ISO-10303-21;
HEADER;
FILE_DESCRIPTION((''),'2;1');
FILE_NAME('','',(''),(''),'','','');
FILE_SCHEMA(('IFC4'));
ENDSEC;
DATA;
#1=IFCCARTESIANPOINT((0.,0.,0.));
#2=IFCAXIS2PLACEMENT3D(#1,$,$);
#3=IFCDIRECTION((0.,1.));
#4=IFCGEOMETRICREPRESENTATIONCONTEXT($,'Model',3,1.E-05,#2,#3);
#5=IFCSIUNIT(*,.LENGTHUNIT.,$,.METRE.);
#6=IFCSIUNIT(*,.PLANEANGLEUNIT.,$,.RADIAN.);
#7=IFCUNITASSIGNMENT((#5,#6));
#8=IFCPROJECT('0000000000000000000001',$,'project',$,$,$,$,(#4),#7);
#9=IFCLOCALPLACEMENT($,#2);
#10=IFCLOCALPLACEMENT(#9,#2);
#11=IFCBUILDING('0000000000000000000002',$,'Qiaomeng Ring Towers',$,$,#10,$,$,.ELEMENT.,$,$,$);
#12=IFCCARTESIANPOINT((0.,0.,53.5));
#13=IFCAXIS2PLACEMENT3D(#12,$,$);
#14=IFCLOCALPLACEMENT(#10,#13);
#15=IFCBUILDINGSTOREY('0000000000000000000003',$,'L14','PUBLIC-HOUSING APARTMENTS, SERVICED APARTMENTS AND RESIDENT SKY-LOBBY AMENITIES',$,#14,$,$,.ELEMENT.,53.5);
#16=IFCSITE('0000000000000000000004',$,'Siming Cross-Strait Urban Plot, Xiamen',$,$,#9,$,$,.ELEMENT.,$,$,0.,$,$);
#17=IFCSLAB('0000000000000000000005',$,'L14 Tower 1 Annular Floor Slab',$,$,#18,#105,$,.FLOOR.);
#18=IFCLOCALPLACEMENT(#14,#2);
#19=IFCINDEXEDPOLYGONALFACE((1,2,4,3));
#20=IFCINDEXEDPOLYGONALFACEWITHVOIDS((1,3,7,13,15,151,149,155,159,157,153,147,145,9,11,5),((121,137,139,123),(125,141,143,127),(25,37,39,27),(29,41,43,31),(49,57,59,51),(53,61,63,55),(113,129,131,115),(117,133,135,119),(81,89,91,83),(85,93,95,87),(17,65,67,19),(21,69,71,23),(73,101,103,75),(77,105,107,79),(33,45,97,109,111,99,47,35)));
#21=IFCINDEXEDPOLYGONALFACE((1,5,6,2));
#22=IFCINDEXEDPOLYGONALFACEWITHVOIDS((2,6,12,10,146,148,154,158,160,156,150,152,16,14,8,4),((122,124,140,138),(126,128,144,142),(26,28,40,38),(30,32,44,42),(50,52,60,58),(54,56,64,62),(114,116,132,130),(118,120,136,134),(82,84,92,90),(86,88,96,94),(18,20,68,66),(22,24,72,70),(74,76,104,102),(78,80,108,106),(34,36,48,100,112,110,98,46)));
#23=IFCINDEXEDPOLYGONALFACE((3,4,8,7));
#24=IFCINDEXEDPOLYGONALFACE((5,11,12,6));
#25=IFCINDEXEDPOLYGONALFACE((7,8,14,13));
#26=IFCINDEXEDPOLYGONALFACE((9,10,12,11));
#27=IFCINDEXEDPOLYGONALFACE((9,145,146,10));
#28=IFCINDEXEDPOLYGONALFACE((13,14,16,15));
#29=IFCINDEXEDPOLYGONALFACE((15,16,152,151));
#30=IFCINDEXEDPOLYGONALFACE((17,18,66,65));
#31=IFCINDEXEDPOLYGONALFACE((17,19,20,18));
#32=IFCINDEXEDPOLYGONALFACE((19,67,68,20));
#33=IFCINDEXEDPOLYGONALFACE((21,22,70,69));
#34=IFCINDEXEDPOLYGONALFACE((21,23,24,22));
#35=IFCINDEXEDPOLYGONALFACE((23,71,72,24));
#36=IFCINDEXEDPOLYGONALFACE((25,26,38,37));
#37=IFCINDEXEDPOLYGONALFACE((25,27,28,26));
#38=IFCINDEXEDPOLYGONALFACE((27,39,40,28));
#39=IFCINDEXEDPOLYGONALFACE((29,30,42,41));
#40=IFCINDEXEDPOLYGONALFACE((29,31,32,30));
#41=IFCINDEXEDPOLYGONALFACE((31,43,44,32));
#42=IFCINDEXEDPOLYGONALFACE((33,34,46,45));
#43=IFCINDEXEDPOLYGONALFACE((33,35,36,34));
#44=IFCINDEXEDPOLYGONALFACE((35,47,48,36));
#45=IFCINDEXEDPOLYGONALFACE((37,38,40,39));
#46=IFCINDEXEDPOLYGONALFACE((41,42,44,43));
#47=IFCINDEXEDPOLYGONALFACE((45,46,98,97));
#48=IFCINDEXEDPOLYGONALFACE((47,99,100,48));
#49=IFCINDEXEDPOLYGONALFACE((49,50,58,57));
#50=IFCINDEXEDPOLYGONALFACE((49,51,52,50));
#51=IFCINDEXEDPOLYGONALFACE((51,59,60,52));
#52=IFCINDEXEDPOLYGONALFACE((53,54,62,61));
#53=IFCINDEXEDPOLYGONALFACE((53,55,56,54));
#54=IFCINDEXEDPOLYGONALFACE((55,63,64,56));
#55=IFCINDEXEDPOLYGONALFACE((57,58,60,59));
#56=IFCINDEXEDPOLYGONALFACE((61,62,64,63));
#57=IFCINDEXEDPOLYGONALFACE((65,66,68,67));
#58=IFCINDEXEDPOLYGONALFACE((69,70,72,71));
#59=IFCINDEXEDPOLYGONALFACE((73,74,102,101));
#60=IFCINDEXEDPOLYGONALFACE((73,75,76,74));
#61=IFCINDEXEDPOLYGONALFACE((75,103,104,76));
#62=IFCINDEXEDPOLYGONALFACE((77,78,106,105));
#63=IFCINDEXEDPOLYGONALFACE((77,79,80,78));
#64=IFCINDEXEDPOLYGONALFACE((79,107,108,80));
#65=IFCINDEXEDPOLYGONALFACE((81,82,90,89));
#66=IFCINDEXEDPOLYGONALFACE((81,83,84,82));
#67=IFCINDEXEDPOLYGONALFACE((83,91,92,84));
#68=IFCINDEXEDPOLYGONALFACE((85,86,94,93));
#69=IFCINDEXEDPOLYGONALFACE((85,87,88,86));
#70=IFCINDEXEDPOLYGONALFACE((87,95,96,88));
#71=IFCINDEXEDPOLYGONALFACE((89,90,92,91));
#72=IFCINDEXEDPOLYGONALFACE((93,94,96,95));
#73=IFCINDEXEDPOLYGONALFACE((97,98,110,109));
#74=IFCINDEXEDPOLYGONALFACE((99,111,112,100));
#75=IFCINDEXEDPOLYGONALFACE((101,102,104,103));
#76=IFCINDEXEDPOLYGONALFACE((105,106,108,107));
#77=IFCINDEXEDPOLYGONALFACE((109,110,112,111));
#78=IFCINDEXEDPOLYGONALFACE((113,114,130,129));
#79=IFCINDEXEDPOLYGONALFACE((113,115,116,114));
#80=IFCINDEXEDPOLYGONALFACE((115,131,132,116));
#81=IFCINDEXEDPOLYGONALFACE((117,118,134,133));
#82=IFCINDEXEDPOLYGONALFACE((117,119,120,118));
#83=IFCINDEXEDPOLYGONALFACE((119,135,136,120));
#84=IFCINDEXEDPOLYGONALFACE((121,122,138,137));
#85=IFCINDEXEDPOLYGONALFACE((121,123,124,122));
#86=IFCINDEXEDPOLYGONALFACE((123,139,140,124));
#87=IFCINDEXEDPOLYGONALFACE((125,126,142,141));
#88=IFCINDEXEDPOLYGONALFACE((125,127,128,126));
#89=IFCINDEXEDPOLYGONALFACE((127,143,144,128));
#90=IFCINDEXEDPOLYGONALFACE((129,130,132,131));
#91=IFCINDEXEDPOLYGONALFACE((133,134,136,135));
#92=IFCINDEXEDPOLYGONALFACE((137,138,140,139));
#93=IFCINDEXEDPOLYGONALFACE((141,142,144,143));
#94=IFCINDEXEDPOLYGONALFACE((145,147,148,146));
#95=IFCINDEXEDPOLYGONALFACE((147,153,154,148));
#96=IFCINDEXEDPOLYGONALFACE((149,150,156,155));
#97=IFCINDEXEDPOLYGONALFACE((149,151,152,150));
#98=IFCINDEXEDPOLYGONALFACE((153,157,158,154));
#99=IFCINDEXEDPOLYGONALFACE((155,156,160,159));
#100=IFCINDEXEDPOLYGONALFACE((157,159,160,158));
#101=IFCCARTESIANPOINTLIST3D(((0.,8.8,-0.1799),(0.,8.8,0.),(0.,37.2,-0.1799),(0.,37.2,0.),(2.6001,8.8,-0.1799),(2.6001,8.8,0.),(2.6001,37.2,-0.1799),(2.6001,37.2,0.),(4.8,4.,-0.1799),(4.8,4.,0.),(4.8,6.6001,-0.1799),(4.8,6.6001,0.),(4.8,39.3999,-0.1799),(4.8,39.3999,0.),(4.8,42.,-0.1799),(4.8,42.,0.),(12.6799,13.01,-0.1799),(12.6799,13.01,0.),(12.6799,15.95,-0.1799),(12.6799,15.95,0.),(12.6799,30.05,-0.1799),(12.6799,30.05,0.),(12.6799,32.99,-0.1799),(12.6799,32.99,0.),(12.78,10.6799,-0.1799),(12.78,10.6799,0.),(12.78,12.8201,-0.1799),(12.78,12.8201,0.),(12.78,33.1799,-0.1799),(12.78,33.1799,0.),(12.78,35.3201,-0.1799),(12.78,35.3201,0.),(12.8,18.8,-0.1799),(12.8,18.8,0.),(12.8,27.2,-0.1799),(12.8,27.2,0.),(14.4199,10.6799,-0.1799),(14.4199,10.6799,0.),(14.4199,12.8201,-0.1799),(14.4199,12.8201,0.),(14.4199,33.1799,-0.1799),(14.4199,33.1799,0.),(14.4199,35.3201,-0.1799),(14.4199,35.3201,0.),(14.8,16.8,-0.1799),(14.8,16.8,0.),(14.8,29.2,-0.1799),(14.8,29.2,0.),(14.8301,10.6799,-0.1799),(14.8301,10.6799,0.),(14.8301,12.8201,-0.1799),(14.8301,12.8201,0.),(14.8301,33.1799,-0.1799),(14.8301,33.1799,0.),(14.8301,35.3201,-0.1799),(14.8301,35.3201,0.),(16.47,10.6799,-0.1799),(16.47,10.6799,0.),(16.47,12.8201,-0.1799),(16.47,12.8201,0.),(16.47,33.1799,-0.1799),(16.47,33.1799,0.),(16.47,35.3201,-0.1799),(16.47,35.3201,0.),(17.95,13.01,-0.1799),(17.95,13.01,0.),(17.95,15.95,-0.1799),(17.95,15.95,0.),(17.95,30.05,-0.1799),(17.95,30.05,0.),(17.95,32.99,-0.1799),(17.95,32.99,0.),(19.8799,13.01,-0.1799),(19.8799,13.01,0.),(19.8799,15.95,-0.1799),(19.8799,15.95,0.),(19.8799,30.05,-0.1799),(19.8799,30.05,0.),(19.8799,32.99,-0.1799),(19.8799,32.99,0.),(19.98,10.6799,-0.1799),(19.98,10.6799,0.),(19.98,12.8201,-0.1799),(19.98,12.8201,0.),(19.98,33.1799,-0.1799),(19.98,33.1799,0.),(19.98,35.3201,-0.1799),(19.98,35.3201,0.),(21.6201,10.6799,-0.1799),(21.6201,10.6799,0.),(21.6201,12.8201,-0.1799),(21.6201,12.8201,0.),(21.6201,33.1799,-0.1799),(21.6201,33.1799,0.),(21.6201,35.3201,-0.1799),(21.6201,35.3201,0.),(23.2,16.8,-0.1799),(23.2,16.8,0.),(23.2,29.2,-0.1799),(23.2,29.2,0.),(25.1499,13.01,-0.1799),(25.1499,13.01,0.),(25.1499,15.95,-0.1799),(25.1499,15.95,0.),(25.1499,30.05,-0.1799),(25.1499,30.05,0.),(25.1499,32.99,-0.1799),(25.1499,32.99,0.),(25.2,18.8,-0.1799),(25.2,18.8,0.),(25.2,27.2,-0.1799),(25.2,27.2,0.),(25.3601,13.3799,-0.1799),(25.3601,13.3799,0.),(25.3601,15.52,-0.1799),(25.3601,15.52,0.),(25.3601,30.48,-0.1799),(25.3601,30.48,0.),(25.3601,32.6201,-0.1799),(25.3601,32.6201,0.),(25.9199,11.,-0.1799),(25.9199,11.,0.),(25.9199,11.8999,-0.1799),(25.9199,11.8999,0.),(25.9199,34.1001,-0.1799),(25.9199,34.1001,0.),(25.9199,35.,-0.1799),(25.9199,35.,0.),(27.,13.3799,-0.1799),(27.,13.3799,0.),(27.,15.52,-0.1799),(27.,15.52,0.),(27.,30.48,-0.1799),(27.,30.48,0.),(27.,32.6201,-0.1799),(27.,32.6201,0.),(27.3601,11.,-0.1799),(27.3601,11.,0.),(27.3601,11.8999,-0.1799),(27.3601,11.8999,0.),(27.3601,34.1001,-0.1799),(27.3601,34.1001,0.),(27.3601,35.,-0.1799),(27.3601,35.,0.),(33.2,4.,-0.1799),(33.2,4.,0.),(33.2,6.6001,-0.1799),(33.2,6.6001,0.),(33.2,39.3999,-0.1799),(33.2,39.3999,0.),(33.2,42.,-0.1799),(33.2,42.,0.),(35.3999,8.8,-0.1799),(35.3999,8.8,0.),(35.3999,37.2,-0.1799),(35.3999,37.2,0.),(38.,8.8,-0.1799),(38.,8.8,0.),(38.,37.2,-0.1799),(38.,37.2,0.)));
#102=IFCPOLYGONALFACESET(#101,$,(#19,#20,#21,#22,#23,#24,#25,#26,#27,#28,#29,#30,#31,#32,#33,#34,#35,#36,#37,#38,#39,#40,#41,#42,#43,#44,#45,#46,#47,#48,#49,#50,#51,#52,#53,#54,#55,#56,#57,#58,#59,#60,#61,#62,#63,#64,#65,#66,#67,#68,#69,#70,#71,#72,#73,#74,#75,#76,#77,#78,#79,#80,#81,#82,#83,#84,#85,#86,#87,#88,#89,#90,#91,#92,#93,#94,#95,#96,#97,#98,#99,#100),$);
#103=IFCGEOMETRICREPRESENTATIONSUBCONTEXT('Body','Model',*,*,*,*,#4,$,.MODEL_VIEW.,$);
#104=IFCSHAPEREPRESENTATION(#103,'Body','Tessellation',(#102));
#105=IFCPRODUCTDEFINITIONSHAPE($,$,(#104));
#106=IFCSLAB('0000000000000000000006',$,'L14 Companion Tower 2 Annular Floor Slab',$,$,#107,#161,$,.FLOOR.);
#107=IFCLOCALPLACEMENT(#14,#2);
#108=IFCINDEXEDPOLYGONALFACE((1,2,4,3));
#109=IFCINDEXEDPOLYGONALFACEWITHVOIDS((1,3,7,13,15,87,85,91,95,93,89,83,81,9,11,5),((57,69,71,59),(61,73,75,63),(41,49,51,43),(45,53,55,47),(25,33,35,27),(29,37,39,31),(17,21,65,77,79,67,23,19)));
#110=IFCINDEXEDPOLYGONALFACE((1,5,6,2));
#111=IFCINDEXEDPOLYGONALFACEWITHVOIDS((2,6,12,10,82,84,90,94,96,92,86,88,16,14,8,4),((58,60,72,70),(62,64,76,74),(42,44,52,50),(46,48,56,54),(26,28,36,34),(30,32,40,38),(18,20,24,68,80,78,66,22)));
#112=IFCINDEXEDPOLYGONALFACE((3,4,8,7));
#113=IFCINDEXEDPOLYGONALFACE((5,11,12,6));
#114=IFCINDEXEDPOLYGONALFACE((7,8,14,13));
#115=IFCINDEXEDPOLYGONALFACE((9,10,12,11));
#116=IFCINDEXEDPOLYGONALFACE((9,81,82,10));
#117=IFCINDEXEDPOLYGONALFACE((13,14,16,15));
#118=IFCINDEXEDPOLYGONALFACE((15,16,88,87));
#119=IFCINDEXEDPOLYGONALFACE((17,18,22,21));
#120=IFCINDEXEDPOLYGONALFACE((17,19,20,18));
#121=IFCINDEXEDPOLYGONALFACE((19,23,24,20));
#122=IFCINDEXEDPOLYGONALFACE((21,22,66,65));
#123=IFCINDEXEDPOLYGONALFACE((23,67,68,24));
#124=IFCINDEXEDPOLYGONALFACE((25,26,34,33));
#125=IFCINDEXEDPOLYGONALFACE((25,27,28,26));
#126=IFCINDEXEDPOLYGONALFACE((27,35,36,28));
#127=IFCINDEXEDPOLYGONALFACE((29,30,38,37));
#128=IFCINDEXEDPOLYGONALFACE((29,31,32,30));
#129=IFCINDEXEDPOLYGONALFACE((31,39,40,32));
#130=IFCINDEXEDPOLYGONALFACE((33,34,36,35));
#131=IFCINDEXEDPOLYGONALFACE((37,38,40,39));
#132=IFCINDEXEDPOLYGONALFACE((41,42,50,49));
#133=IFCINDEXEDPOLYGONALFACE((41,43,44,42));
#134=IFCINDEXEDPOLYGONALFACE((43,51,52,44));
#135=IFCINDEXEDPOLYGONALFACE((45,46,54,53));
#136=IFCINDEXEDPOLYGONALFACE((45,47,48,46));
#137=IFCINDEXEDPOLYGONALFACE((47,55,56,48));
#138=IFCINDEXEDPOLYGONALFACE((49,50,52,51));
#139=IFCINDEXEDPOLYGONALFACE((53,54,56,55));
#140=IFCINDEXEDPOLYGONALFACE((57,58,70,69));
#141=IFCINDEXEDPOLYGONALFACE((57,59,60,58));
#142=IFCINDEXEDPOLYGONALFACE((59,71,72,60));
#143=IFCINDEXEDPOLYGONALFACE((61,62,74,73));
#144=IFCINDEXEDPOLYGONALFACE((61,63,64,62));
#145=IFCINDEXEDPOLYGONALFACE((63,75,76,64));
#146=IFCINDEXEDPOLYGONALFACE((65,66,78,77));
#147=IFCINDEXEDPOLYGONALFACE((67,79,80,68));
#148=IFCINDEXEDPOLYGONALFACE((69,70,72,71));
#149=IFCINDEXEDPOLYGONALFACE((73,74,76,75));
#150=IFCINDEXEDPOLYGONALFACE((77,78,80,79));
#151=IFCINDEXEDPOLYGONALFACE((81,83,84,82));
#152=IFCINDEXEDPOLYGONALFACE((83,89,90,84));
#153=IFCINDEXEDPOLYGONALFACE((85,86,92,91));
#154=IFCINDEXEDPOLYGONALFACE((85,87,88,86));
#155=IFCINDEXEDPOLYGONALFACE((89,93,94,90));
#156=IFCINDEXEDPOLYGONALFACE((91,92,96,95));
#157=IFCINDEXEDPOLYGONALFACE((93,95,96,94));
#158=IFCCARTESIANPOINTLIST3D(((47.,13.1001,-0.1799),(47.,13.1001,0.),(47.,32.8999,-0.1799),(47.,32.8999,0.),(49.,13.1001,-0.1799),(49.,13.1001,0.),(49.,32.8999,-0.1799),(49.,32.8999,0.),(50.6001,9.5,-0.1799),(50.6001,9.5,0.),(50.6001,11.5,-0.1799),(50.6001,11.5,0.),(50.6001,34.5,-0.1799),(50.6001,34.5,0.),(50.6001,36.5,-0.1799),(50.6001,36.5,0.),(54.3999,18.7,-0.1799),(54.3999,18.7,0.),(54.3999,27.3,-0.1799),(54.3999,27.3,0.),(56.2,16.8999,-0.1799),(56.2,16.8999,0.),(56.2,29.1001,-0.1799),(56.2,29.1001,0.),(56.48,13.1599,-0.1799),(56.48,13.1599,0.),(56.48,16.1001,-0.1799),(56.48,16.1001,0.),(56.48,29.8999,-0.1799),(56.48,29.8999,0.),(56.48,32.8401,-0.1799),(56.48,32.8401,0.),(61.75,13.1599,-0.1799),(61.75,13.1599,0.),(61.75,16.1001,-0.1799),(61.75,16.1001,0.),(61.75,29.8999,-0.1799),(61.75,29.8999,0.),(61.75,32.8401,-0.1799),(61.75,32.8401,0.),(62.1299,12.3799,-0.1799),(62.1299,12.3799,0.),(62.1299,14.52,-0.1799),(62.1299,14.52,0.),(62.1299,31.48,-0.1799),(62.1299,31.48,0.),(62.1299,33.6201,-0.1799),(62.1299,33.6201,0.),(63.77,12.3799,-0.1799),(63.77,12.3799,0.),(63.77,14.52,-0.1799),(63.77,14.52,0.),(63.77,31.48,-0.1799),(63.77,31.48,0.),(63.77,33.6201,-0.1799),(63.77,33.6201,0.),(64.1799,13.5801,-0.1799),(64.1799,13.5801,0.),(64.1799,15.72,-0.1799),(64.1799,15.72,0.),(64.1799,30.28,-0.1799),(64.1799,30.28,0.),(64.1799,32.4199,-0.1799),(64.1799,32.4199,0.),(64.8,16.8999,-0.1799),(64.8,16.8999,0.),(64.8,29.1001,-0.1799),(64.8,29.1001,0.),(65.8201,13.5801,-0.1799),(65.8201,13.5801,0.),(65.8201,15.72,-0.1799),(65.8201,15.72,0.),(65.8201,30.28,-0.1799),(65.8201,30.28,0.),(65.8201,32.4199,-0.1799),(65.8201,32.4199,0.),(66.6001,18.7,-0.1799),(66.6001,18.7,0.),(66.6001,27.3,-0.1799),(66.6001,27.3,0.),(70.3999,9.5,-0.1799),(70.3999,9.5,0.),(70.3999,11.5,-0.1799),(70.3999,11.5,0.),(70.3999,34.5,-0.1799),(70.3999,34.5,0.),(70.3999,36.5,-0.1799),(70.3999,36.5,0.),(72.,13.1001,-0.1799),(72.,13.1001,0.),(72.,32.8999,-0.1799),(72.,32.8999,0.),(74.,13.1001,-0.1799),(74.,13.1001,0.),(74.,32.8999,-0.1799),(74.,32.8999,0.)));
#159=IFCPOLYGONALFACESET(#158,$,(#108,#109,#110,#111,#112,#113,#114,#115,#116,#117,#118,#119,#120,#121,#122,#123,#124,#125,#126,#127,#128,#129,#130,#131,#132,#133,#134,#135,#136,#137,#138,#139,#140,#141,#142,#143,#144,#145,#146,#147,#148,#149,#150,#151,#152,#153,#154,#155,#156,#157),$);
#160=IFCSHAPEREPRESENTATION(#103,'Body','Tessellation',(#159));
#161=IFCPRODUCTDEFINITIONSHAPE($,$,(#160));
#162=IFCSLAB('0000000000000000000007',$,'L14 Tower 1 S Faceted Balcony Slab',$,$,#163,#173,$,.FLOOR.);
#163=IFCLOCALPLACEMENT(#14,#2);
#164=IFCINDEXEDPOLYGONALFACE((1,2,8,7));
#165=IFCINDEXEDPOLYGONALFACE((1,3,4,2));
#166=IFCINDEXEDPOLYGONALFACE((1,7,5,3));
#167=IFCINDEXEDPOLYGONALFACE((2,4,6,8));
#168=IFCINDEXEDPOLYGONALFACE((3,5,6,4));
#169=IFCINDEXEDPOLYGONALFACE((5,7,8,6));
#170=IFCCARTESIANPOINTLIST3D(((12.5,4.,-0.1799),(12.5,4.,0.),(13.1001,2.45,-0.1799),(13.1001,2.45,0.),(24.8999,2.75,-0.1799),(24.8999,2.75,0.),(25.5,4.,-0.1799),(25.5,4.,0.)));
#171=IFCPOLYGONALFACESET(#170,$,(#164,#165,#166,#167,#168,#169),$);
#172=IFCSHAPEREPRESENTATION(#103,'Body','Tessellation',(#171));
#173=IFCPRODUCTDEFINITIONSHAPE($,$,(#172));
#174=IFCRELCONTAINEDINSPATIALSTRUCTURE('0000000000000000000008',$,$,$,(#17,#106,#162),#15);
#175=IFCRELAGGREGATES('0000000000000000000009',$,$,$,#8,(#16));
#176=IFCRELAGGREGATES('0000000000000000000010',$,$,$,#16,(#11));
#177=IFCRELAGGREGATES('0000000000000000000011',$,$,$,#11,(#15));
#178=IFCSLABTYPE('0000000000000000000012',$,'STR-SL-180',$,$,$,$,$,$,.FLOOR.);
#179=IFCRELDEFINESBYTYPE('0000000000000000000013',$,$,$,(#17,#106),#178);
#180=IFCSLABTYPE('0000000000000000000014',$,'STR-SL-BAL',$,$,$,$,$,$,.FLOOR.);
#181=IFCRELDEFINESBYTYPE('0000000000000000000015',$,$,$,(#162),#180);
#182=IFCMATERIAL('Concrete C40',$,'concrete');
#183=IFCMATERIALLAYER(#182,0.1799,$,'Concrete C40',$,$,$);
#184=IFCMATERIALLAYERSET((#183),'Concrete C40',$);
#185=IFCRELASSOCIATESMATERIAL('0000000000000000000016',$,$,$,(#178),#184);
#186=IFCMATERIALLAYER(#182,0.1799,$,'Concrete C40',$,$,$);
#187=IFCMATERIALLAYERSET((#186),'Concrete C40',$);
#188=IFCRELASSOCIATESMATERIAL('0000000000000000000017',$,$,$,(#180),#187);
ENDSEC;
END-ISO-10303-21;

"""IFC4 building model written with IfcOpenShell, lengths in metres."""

from ifc_helpers import new_model, si_unit, direction, frame, origin, place, context, subcontext, project, spatial, polyline, outline, extrude, material, layer, layer_set, type_object, element, save


model = new_model("IFC4")

# Units and contexts
model_context = context("Model", 3, precision=1e-05, world=origin(), true_north=direction((0.0, 1.0)))
body_context = subcontext(model_context, "Body", "Model", "MODEL_VIEW")
ifc_project = project(units=[si_unit("LENGTHUNIT", "METRE"), si_unit("PLANEANGLEUNIT", "RADIAN")], contexts=[model_context])

# Site, building, storey
site_placement = place(None, origin())
site = spatial("IfcSite", under=ifc_project, at=site_placement, Name="Siming Cross-Strait Urban Plot, Xiamen", CompositionType="ELEMENT", RefElevation=0.0)
building_placement = place(site_placement, origin())
building = spatial("IfcBuilding", under=site, at=building_placement, Name="Qiaomeng Ring Towers", CompositionType="ELEMENT")
storey_placement = place(building_placement, frame((0.0, 0.0, 53.5)))
storey = spatial("IfcBuildingStorey", under=building, at=storey_placement, Name="L14", Description="PUBLIC-HOUSING APARTMENTS, SERVICED APARTMENTS AND RESIDENT SKY-LOBBY AMENITIES", CompositionType="ELEMENT", Elevation=53.5)

# Slabs
ifc_material_1 = material(Name="Concrete C40", Category="concrete")
ifc_layer_1 = layer(ifc_material_1, 0.1799, Name="Concrete C40")
ifc_layer_set_1 = layer_set([ifc_layer_1], Name="Concrete C40")
slab_type_1 = type_object("IfcSlabType", Name="STR-SL-180", PredefinedType="FLOOR", material=ifc_layer_set_1)
slab_1_placement = place(storey_placement, frame((0.0, 0.0, -0.1799)))
element("IfcSlab", 1, at=slab_1_placement, inside=storey, type_object=slab_type_1, Name="L14 Tower 1 Annular Floor Slab", PredefinedType="FLOOR", context=body_context, shape_type="SweptSolid", body=[
    extrude(outline(polyline([(4.8, 4.0), (33.2, 4.0), (33.2, 6.6001), (35.3999, 8.8), (38.0, 8.8), (38.0, 37.2), (35.3999, 37.2), (33.2, 39.3999), (33.2, 42.0), (4.8, 42.0), (4.8, 39.3999), (2.6001, 37.2), (0.0, 37.2), (0.0, 8.8), (2.6001, 8.8), (4.8, 6.6001), (4.8, 4.0)]), holes=[polyline([(12.78, 10.6799), (12.78, 12.8201), (14.4199, 12.8201), (14.4199, 10.6799), (12.78, 10.6799)]), polyline([(14.8301, 12.8201), (16.47, 12.8201), (16.47, 10.6799), (14.8301, 10.6799), (14.8301, 12.8201)]), polyline([(12.6799, 15.95), (17.95, 15.95), (17.95, 13.01), (12.6799, 13.01), (12.6799, 15.95)]), polyline([(25.2, 27.2), (25.2, 18.8), (23.2, 16.8), (14.8, 16.8), (12.8, 18.8), (12.8, 27.2), (14.8, 29.2), (23.2, 29.2), (25.2, 27.2)]), polyline([(12.6799, 32.99), (17.95, 32.99), (17.95, 30.05), (12.6799, 30.05), (12.6799, 32.99)]), polyline([(12.78, 35.3201), (14.4199, 35.3201), (14.4199, 33.1799), (12.78, 33.1799), (12.78, 35.3201)]), polyline([(14.8301, 35.3201), (16.47, 35.3201), (16.47, 33.1799), (14.8301, 33.1799), (14.8301, 35.3201)]), polyline([(19.98, 35.3201), (21.6201, 35.3201), (21.6201, 33.1799), (19.98, 33.1799), (19.98, 35.3201)]), polyline([(25.9199, 11.8999), (27.3601, 11.8999), (27.3601, 11.0), (25.9199, 11.0), (25.9199, 11.8999)]), polyline([(19.98, 12.8201), (21.6201, 12.8201), (21.6201, 10.6799), (19.98, 10.6799), (19.98, 12.8201)]), polyline([(25.3601, 15.52), (27.0, 15.52), (27.0, 13.3799), (25.3601, 13.3799), (25.3601, 15.52)]), polyline([(19.8799, 15.95), (25.1499, 15.95), (25.1499, 13.01), (19.8799, 13.01), (19.8799, 15.95)]), polyline([(19.8799, 32.99), (25.1499, 32.99), (25.1499, 30.05), (19.8799, 30.05), (19.8799, 32.99)]), polyline([(25.3601, 32.6201), (27.0, 32.6201), (27.0, 30.48), (25.3601, 30.48), (25.3601, 32.6201)]), polyline([(25.9199, 35.0), (27.3601, 35.0), (27.3601, 34.1001), (25.9199, 34.1001), (25.9199, 35.0)])]), origin(), (0.0, 0.0, 1.0), 0.1799),
])
slab_2_placement = place(storey_placement, frame((0.0, 0.0, -0.1799)))
element("IfcSlab", 2, at=slab_2_placement, inside=storey, type_object=slab_type_1, Name="L14 Companion Tower 2 Annular Floor Slab", PredefinedType="FLOOR", context=body_context, shape_type="SweptSolid", body=[
    extrude(outline(polyline([(50.6001, 9.5), (70.3999, 9.5), (70.3999, 11.5), (72.0, 13.1001), (74.0, 13.1001), (74.0, 32.8999), (72.0, 32.8999), (70.3999, 34.5), (70.3999, 36.5), (50.6001, 36.5), (50.6001, 34.5), (49.0, 32.8999), (47.0, 32.8999), (47.0, 13.1001), (49.0, 13.1001), (50.6001, 11.5), (50.6001, 9.5)]), holes=[polyline([(62.1299, 12.3799), (62.1299, 14.52), (63.77, 14.52), (63.77, 12.3799), (62.1299, 12.3799)]), polyline([(56.48, 13.1599), (56.48, 16.1001), (61.75, 16.1001), (61.75, 13.1599), (56.48, 13.1599)]), polyline([(64.1799, 13.5801), (64.1799, 15.72), (65.8201, 15.72), (65.8201, 13.5801), (64.1799, 13.5801)]), polyline([(64.8, 29.1001), (66.6001, 27.3), (66.6001, 18.7), (64.8, 16.8999), (56.2, 16.8999), (54.3999, 18.7), (54.3999, 27.3), (56.2, 29.1001), (64.8, 29.1001)]), polyline([(64.1799, 30.28), (64.1799, 32.4199), (65.8201, 32.4199), (65.8201, 30.28), (64.1799, 30.28)]), polyline([(56.48, 32.8401), (61.75, 32.8401), (61.75, 29.8999), (56.48, 29.8999), (56.48, 32.8401)]), polyline([(62.1299, 33.6201), (63.77, 33.6201), (63.77, 31.48), (62.1299, 31.48), (62.1299, 33.6201)])]), origin(), (0.0, 0.0, 1.0), 0.1799),
])
ifc_layer_2 = layer(ifc_material_1, 0.1799, Name="Concrete C40")
ifc_layer_set_2 = layer_set([ifc_layer_2], Name="Concrete C40")
slab_type_2 = type_object("IfcSlabType", Name="STR-SL-BAL", PredefinedType="FLOOR", material=ifc_layer_set_2)
slab_3_placement = place(storey_placement, frame((0.0, 0.0, -0.1799)))
element("IfcSlab", 3, at=slab_3_placement, inside=storey, type_object=slab_type_2, Name="L14 Tower 1 S Faceted Balcony Slab", PredefinedType="FLOOR", context=body_context, shape_type="SweptSolid", body=[
    extrude(outline(polyline([(24.8999, 2.75), (13.1001, 2.45), (12.5, 4.0), (25.5, 4.0), (24.8999, 2.75)])), origin(), (0.0, 0.0, 1.0), 0.1799),
])

save(model, "model.ifc")
